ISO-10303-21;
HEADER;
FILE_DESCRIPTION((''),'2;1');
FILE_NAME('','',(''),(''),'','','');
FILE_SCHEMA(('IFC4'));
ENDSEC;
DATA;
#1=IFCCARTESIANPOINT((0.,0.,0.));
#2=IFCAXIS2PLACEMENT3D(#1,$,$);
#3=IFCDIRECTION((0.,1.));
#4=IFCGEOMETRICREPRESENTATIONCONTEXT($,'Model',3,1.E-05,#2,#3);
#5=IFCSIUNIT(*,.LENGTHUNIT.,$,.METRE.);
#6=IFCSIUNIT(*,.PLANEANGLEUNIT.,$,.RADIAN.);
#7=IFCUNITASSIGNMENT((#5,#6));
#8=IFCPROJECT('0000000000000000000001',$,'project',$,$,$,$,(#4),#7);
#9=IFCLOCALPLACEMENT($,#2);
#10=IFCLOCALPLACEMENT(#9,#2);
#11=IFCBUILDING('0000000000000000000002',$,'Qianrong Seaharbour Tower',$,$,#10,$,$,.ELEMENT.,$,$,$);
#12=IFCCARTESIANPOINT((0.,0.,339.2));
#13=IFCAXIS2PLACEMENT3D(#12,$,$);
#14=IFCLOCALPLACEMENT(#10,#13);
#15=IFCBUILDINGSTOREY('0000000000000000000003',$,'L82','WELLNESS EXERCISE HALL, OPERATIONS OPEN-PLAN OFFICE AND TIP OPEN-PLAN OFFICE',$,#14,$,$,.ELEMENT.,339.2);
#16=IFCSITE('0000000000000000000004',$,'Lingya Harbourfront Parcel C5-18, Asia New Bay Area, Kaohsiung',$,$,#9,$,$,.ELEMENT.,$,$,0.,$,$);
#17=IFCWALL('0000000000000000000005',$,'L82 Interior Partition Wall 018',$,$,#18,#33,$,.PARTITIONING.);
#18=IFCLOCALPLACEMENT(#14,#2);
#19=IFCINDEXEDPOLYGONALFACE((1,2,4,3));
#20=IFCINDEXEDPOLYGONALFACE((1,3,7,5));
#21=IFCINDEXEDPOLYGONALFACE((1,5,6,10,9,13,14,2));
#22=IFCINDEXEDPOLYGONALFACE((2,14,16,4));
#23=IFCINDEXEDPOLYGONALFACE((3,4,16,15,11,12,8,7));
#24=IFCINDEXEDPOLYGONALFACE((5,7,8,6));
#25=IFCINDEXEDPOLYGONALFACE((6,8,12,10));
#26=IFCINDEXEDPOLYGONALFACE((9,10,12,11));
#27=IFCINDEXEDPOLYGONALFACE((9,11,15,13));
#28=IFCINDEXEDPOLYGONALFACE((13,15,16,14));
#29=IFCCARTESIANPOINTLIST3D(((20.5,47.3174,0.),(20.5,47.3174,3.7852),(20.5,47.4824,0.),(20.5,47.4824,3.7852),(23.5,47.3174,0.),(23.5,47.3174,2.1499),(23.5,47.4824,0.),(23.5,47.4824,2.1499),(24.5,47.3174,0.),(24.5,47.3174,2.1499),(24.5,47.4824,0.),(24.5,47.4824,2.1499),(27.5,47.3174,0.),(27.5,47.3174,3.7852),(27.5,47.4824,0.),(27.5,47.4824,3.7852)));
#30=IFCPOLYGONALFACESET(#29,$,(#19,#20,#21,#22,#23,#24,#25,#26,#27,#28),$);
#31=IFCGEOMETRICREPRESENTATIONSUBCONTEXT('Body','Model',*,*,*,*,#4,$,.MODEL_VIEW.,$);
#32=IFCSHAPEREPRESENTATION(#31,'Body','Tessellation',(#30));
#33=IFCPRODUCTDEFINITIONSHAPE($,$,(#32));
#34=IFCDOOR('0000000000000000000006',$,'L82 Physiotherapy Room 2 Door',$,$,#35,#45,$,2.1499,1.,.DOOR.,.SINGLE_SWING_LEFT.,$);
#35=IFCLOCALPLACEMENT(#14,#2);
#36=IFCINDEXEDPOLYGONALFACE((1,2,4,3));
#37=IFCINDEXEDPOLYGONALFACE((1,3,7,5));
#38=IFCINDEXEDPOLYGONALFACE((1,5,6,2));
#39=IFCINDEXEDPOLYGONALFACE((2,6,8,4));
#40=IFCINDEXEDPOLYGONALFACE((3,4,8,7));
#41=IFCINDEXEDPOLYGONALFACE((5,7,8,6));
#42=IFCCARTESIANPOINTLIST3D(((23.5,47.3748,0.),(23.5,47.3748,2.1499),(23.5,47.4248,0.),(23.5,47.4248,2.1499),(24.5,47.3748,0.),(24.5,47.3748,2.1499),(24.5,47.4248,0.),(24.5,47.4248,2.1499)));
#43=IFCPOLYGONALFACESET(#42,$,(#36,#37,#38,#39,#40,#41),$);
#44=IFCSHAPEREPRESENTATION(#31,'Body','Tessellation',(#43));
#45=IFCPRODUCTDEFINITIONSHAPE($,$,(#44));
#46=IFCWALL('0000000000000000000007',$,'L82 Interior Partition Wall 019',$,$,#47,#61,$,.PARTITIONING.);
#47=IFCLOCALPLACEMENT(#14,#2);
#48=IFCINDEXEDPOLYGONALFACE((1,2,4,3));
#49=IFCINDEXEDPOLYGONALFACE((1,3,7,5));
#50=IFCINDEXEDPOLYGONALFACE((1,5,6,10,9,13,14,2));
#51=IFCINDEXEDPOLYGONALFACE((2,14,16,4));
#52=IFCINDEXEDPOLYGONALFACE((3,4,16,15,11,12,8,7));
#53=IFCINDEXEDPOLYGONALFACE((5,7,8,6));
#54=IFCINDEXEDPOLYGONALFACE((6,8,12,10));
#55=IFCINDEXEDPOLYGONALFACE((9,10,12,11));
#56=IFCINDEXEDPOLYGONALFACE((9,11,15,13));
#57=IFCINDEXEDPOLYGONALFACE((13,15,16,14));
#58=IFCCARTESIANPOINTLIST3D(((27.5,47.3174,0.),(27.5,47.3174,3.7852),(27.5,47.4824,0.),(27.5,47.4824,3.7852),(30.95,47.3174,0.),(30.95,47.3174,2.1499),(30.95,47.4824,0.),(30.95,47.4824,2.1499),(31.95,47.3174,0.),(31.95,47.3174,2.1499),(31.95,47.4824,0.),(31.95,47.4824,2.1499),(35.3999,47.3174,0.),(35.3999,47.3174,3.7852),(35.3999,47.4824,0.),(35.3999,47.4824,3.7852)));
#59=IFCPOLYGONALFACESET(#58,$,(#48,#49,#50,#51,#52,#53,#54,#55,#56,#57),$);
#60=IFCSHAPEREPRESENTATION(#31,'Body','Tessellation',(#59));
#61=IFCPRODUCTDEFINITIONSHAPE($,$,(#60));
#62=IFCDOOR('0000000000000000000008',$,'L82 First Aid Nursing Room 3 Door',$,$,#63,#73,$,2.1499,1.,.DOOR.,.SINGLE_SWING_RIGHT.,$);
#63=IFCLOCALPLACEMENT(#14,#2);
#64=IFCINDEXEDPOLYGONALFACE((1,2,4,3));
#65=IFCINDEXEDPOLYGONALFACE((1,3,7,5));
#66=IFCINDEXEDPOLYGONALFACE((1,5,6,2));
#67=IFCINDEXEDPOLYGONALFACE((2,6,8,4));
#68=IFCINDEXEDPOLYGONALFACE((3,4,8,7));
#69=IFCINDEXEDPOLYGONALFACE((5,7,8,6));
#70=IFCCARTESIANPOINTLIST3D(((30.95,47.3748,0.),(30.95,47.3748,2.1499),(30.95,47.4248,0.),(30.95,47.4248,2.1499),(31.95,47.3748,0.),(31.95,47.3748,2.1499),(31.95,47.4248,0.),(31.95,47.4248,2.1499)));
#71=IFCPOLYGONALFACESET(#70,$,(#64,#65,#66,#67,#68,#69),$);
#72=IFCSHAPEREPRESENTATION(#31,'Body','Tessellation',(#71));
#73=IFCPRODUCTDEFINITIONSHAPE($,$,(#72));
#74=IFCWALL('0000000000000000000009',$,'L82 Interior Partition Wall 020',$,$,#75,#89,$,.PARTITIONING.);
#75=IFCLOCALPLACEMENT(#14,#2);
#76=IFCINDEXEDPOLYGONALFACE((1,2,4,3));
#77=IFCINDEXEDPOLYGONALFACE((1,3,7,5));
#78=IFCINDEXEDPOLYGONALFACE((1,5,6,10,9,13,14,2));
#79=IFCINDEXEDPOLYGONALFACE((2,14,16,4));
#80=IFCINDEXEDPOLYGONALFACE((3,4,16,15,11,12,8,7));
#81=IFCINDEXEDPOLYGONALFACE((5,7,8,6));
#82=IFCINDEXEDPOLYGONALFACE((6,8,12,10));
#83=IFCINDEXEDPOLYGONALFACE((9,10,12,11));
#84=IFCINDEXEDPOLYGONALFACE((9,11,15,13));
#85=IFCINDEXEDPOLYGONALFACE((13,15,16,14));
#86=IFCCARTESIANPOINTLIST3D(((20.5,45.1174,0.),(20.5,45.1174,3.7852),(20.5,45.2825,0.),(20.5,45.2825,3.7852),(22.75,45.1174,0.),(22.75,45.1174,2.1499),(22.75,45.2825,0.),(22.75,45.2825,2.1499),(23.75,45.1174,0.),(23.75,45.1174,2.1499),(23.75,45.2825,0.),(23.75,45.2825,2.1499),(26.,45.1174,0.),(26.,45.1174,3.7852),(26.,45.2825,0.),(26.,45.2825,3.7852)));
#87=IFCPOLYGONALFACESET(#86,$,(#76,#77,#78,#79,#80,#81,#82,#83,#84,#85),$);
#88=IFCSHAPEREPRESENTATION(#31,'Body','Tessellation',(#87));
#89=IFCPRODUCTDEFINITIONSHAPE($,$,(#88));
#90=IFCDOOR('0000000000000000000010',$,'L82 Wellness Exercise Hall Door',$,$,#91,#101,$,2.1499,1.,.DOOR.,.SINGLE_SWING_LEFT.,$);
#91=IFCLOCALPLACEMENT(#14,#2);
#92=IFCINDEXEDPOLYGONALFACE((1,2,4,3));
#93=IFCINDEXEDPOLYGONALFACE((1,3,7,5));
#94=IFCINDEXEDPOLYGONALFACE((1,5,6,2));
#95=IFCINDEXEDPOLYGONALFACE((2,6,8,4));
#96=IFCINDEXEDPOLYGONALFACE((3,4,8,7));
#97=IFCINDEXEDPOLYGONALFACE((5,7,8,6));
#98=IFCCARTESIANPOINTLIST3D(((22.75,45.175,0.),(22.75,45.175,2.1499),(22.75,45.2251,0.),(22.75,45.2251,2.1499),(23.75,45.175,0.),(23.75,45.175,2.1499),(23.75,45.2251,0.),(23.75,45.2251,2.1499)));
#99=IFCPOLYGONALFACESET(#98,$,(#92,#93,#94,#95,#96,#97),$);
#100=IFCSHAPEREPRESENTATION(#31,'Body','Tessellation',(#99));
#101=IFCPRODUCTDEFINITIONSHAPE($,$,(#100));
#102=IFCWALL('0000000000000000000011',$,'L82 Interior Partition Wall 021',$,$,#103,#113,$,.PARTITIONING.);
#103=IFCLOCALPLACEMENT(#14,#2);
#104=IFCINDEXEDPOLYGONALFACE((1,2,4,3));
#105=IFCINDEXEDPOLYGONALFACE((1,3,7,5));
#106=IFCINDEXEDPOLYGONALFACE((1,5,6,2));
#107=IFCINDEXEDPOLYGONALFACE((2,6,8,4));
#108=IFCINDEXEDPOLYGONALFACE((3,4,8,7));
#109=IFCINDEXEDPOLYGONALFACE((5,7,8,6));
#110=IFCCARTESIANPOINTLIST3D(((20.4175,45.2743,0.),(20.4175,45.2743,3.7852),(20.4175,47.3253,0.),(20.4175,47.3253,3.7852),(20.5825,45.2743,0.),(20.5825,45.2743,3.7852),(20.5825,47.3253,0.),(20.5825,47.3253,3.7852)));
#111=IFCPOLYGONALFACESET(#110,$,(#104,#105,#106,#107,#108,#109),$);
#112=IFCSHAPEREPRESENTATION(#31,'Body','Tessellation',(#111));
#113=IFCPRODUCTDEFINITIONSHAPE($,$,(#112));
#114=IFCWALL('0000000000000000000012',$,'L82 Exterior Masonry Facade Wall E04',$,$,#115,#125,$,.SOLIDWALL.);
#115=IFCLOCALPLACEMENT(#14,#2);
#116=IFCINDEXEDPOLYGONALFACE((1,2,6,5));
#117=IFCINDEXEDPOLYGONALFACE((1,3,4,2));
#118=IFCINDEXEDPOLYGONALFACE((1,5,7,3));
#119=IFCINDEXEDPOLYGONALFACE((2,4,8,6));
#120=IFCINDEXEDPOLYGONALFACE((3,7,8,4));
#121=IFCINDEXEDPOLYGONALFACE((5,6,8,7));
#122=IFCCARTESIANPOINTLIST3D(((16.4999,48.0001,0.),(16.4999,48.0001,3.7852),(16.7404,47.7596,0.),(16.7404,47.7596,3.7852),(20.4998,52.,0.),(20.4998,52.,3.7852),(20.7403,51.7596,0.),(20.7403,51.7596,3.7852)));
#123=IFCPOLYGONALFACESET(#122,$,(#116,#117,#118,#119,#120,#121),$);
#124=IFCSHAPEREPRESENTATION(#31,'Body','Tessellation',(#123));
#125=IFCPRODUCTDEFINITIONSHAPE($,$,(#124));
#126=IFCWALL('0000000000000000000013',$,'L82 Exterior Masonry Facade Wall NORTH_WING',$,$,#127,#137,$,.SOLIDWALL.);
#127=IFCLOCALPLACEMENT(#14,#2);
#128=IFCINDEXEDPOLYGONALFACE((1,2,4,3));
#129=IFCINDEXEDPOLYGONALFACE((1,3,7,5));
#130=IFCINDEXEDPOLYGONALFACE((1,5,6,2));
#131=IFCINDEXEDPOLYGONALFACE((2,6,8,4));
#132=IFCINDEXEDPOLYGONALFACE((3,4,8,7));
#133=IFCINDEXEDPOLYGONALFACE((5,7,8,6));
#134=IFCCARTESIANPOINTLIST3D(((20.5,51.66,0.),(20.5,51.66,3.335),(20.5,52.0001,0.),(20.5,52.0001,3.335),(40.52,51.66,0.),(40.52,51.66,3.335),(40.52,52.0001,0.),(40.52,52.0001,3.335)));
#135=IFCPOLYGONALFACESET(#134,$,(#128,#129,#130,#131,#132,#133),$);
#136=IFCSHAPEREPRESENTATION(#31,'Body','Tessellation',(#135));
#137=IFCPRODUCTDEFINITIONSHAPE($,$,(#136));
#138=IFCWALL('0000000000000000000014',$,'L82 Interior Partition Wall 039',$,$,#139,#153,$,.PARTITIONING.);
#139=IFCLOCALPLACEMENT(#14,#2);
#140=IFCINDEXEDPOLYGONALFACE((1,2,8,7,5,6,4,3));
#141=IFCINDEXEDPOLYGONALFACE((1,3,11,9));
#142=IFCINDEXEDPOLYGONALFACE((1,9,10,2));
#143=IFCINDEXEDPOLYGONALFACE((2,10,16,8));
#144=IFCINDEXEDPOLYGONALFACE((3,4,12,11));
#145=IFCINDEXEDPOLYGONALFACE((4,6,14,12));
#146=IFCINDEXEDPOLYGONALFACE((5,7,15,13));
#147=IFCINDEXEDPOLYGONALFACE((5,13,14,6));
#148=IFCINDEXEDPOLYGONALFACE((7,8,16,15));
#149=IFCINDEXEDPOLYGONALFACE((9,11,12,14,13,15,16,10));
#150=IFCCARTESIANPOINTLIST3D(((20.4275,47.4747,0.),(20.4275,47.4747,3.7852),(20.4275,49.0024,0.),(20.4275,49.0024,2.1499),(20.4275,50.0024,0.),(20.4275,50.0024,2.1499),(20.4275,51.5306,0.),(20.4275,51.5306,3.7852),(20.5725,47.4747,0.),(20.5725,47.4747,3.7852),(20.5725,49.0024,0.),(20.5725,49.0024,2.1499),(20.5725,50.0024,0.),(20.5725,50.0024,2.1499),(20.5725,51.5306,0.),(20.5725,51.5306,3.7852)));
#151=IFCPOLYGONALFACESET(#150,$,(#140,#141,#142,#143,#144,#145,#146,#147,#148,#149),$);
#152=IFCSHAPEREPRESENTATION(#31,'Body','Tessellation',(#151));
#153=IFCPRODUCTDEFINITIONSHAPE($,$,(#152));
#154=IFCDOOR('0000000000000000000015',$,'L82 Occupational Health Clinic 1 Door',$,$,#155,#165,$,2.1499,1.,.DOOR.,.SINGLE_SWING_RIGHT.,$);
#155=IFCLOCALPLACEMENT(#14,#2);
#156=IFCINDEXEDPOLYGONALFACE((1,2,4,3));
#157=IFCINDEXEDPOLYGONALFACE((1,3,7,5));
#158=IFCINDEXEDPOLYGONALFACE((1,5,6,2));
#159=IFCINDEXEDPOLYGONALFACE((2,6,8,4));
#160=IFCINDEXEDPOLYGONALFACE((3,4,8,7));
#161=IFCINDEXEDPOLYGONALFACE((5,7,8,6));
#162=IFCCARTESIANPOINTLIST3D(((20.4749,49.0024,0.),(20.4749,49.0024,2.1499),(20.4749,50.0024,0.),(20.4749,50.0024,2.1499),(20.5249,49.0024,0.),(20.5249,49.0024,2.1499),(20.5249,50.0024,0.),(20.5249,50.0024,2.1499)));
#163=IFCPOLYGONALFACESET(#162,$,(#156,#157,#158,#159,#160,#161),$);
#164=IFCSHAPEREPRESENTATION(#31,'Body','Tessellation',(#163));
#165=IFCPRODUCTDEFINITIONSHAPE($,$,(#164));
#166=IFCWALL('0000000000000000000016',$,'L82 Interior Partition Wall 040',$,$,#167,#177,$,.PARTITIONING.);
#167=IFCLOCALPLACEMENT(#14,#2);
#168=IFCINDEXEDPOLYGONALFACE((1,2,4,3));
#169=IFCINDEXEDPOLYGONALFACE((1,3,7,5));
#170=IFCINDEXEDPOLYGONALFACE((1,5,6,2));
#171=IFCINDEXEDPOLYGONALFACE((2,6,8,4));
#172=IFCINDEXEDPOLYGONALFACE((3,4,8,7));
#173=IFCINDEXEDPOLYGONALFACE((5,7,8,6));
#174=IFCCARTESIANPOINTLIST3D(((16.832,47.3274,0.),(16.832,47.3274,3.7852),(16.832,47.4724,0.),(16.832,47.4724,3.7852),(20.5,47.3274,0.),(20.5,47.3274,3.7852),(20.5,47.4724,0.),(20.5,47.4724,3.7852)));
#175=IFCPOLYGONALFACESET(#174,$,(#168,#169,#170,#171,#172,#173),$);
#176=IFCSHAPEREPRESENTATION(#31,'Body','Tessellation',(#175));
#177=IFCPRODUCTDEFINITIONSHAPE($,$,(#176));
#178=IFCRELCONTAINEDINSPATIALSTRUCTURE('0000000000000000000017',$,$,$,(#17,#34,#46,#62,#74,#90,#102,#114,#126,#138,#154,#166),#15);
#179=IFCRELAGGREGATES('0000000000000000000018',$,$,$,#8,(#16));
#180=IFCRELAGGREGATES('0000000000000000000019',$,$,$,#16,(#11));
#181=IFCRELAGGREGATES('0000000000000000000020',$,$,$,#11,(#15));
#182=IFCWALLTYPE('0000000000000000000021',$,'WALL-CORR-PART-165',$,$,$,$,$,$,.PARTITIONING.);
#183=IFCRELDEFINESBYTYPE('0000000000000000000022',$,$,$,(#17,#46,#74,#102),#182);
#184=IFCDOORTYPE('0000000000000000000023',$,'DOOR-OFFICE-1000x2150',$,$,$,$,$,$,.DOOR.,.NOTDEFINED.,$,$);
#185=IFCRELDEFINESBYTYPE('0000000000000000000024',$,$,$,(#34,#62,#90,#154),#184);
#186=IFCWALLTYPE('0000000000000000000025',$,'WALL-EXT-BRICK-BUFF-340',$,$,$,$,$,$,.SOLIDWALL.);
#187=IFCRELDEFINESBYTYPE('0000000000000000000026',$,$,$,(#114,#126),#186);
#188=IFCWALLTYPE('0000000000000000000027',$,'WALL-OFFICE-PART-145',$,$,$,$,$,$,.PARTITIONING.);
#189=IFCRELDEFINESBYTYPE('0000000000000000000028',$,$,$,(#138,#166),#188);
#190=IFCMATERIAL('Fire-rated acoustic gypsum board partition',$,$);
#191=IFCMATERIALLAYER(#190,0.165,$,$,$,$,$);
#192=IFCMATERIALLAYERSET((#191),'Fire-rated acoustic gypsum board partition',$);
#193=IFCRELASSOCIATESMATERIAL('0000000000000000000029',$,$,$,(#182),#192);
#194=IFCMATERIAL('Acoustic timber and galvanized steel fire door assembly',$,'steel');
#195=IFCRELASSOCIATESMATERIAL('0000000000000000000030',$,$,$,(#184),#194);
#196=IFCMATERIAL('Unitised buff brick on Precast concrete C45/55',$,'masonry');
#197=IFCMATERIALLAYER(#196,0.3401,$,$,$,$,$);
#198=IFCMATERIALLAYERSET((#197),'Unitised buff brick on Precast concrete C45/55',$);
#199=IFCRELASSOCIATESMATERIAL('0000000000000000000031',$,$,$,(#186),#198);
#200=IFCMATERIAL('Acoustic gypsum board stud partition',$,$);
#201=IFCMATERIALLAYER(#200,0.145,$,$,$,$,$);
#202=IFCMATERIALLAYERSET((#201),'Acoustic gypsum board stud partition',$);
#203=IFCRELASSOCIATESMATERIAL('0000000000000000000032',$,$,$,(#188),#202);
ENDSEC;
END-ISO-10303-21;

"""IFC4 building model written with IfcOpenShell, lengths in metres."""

from ifc_helpers import new_model, si_unit, direction, frame, frame_2d, origin, place, context, subcontext, project, spatial, rectangle, extrude, material, layer, layer_set, type_object, element, fill, save


model = new_model("IFC4")

# Units and contexts
model_context = context("Model", 3, precision=1e-05, world=origin(), true_north=direction((0.0, 1.0)))
body_context = subcontext(model_context, "Body", "Model", "MODEL_VIEW")
ifc_project = project(units=[si_unit("LENGTHUNIT", "METRE"), si_unit("PLANEANGLEUNIT", "RADIAN")], contexts=[model_context])

# Site, building, storey
site_placement = place(None, origin())
site = spatial("IfcSite", under=ifc_project, at=site_placement, Name="Lingya Harbourfront Parcel C5-18, Asia New Bay Area, Kaohsiung", CompositionType="ELEMENT", RefElevation=0.0)
building_placement = place(site_placement, origin())
building = spatial("IfcBuilding", under=site, at=building_placement, Name="Qianrong Seaharbour Tower", CompositionType="ELEMENT")
storey_placement = place(building_placement, frame((0.0, 0.0, 339.2)))
storey = spatial("IfcBuildingStorey", under=building, at=storey_placement, Name="L82", Description="WELLNESS EXERCISE HALL, OPERATIONS OPEN-PLAN OFFICE AND TIP OPEN-PLAN OFFICE", CompositionType="ELEMENT", Elevation=339.2)

# Walls, openings, doors
ifc_material_1 = material(Name="Fire-rated acoustic gypsum board partition")
ifc_layer_1 = layer(ifc_material_1, 0.165)
ifc_layer_set_1 = layer_set([ifc_layer_1], Name="Fire-rated acoustic gypsum board partition")
wall_type_1 = type_object("IfcWallType", Name="WALL-CORR-PART-165", PredefinedType="PARTITIONING", material=ifc_layer_set_1)
wall_1_placement = place(storey_placement, frame((20.5, 47.3999, 0.0), z_axis=(0.0, 0.0, 1.0), x_axis=(1.0, 0.0, 0.0)))
wall_1 = element("IfcWall", 1, at=wall_1_placement, inside=storey, type_object=wall_type_1, Name="L82 Interior Partition Wall 018", PredefinedType="PARTITIONING", context=body_context, shape_type="SweptSolid", body=[
    extrude(rectangle(XDim=7.0, YDim=0.165, at=frame_2d((3.5, 0.0))), origin(), (0.0, 0.0, 1.0), 3.7852),
])
opening_1_placement = place(wall_1_placement, frame((3.0, 0.0, 0.0)))
opening_1 = element("IfcOpeningElement", 2, at=opening_1_placement, cuts=wall_1, PredefinedType="OPENING", context=body_context, shape_type="SweptSolid", body=[
    extrude(rectangle(XDim=1.0, YDim=2.1499, at=frame_2d((0.5, 1.075))), frame((0.0, 0.0925, 0.0), z_axis=(0.0, -1.0, 0.0), x_axis=(1.0, 0.0, 0.0)), (0.0, 0.0, 1.0), 0.1851),
])
ifc_material_2 = material(Name="Acoustic timber and galvanized steel fire door assembly", Category="steel")
door_type = type_object("IfcDoorType", Name="DOOR-OFFICE-1000x2150", OperationType="NOTDEFINED", PredefinedType="DOOR", material=ifc_material_2)
door_1_placement = place(opening_1_placement, origin())
door_1 = element("IfcDoor", 3, at=door_1_placement, inside=storey, type_object=door_type, Name="L82 Physiotherapy Room 2 Door", OperationType="SINGLE_SWING_LEFT", OverallHeight=2.1499, OverallWidth=1.0, PredefinedType="DOOR", context=body_context, shape_type="SweptSolid", body=[
    extrude(rectangle(XDim=1.0, YDim=2.1499, at=frame_2d((0.5, 1.075))), frame((0.0, 0.0249, 0.0), z_axis=(0.0, -1.0, 0.0), x_axis=(1.0, 0.0, 0.0)), (0.0, 0.0, 1.0), 0.05),
])
fill(opening_1, door_1)
wall_2_placement = place(storey_placement, frame((27.5, 47.3999, 0.0), z_axis=(0.0, 0.0, 1.0), x_axis=(1.0, 0.0, 0.0)))
wall_2 = element("IfcWall", 4, at=wall_2_placement, inside=storey, type_object=wall_type_1, Name="L82 Interior Partition Wall 019", PredefinedType="PARTITIONING", context=body_context, shape_type="SweptSolid", body=[
    extrude(rectangle(XDim=7.8999, YDim=0.165, at=frame_2d((3.95, 0.0))), origin(), (0.0, 0.0, 1.0), 3.7852),
])
opening_2_placement = place(wall_2_placement, frame((3.45, 0.0, 0.0)))
opening_2 = element("IfcOpeningElement", 5, at=opening_2_placement, cuts=wall_2, PredefinedType="OPENING", context=body_context, shape_type="SweptSolid", body=[
    extrude(rectangle(XDim=1.0, YDim=2.1499, at=frame_2d((0.5, 1.075))), frame((0.0, 0.0925, 0.0), z_axis=(0.0, -1.0, 0.0), x_axis=(1.0, 0.0, 0.0)), (0.0, 0.0, 1.0), 0.1851),
])
door_2_placement = place(opening_2_placement, origin())
door_2 = element("IfcDoor", 6, at=door_2_placement, inside=storey, type_object=door_type, Name="L82 First Aid Nursing Room 3 Door", OperationType="SINGLE_SWING_RIGHT", OverallHeight=2.1499, OverallWidth=1.0, PredefinedType="DOOR", context=body_context, shape_type="SweptSolid", body=[
    extrude(rectangle(XDim=1.0, YDim=2.1499, at=frame_2d((0.5, 1.075))), frame((0.0, 0.0249, 0.0), z_axis=(0.0, -1.0, 0.0), x_axis=(1.0, 0.0, 0.0)), (0.0, 0.0, 1.0), 0.05),
])
fill(opening_2, door_2)
wall_3_placement = place(storey_placement, frame((26.0, 45.2, 0.0), z_axis=(0.0, 0.0, 1.0), x_axis=(-1.0, 0.0, 0.0)))
wall_3 = element("IfcWall", 7, at=wall_3_placement, inside=storey, type_object=wall_type_1, Name="L82 Interior Partition Wall 020", PredefinedType="PARTITIONING", context=body_context, shape_type="SweptSolid", body=[
    extrude(rectangle(XDim=5.5, YDim=0.165, at=frame_2d((2.75, 0.0))), origin(), (0.0, 0.0, 1.0), 3.7852),
])
opening_3_placement = place(wall_3_placement, frame((2.25, 0.0, 0.0)))
opening_3 = element("IfcOpeningElement", 8, at=opening_3_placement, cuts=wall_3, PredefinedType="OPENING", context=body_context, shape_type="SweptSolid", body=[
    extrude(rectangle(XDim=1.0, YDim=2.1499, at=frame_2d((0.5, 1.075))), frame((0.0, 0.0925, 0.0), z_axis=(0.0, -1.0, 0.0), x_axis=(1.0, 0.0, 0.0)), (0.0, 0.0, 1.0), 0.1851),
])
door_3_placement = place(opening_3_placement, origin())
door_3 = element("IfcDoor", 9, at=door_3_placement, inside=storey, type_object=door_type, Name="L82 Wellness Exercise Hall Door", OperationType="SINGLE_SWING_LEFT", OverallHeight=2.1499, OverallWidth=1.0, PredefinedType="DOOR", context=body_context, shape_type="SweptSolid", body=[
    extrude(rectangle(XDim=1.0, YDim=2.1499, at=frame_2d((0.5, 1.075))), frame((0.0, 0.0249, 0.0), z_axis=(0.0, -1.0, 0.0), x_axis=(1.0, 0.0, 0.0)), (0.0, 0.0, 1.0), 0.05),
])
fill(opening_3, door_3)

# Walls
wall_4_placement = place(storey_placement, frame((20.5, 45.2744, 0.0), z_axis=(0.0, 0.0, 1.0), x_axis=(0.0, 1.0, 0.0)))
element("IfcWall", 10, at=wall_4_placement, inside=storey, type_object=wall_type_1, Name="L82 Interior Partition Wall 021", PredefinedType="PARTITIONING", context=body_context, shape_type="SweptSolid", body=[
    extrude(rectangle(XDim=2.051, YDim=0.165, at=frame_2d((1.0254, 0.0))), origin(), (0.0, 0.0, 1.0), 3.7852),
])
ifc_material_3 = material(Name="Unitised buff brick on Precast concrete C45/55", Category="masonry")
ifc_layer_2 = layer(ifc_material_3, 0.3401)
ifc_layer_set_2 = layer_set([ifc_layer_2], Name="Unitised buff brick on Precast concrete C45/55")
wall_type_2 = type_object("IfcWallType", Name="WALL-EXT-BRICK-BUFF-340", PredefinedType="SOLIDWALL", material=ifc_layer_set_2)
wall_5_placement = place(storey_placement, frame((16.6201, 47.8799, 0.0), z_axis=(0.0, 0.0, 1.0), x_axis=(0.707107, 0.707107, 0.0)))
element("IfcWall", 11, at=wall_5_placement, inside=storey, type_object=wall_type_2, Name="L82 Exterior Masonry Facade Wall E04", PredefinedType="SOLIDWALL", context=body_context, shape_type="SweptSolid", body=[
    extrude(rectangle(XDim=5.6567, YDim=0.3401, at=frame_2d((2.8284, 0.0))), origin(), (0.0, 0.0, 1.0), 3.7852),
])
wall_6_placement = place(storey_placement, frame((20.5, 51.8301, 0.0), z_axis=(0.0, 0.0, 1.0), x_axis=(1.0, 0.0, 0.0)))
element("IfcWall", 12, at=wall_6_placement, inside=storey, type_object=wall_type_2, Name="L82 Exterior Masonry Facade Wall NORTH_WING", PredefinedType="SOLIDWALL", context=body_context, shape_type="SweptSolid", body=[
    extrude(rectangle(XDim=20.02, YDim=0.3401, at=frame_2d((10.01, 0.0))), origin(), (0.0, 0.0, 1.0), 3.335),
])

# Wall, opening, door
ifc_material_4 = material(Name="Acoustic gypsum board stud partition")
ifc_layer_3 = layer(ifc_material_4, 0.145)
ifc_layer_set_3 = layer_set([ifc_layer_3], Name="Acoustic gypsum board stud partition")
wall_type_3 = type_object("IfcWallType", Name="WALL-OFFICE-PART-145", PredefinedType="PARTITIONING", material=ifc_layer_set_3)
wall_7_placement = place(storey_placement, frame((20.5, 51.5305, 0.0), z_axis=(0.0, 0.0, 1.0), x_axis=(0.0, -1.0, 0.0)))
wall_7 = element("IfcWall", 13, at=wall_7_placement, inside=storey, type_object=wall_type_3, Name="L82 Interior Partition Wall 039", PredefinedType="PARTITIONING", context=body_context, shape_type="SweptSolid", body=[
    extrude(rectangle(XDim=4.0559, YDim=0.145, at=frame_2d((2.0278, 0.0))), origin(), (0.0, 0.0, 1.0), 3.7852),
])
opening_4_placement = place(wall_7_placement, frame((1.5281, 0.0, 0.0)))
opening_4 = element("IfcOpeningElement", 14, at=opening_4_placement, cuts=wall_7, PredefinedType="OPENING", context=body_context, shape_type="SweptSolid", body=[
    extrude(rectangle(XDim=1.0, YDim=2.1499, at=frame_2d((0.5, 1.075))), frame((0.0, 0.0825, 0.0), z_axis=(0.0, -1.0, 0.0), x_axis=(1.0, 0.0, 0.0)), (0.0, 0.0, 1.0), 0.165),
])
door_4_placement = place(opening_4_placement, origin())
door_4 = element("IfcDoor", 15, at=door_4_placement, inside=storey, type_object=door_type, Name="L82 Occupational Health Clinic 1 Door", OperationType="SINGLE_SWING_RIGHT", OverallHeight=2.1499, OverallWidth=1.0, PredefinedType="DOOR", context=body_context, shape_type="SweptSolid", body=[
    extrude(rectangle(XDim=1.0, YDim=2.1499, at=frame_2d((0.5, 1.075))), frame((0.0, 0.0249, 0.0), z_axis=(0.0, -1.0, 0.0), x_axis=(1.0, 0.0, 0.0)), (0.0, 0.0, 1.0), 0.05),
])
fill(opening_4, door_4)

# Wall
wall_8_placement = place(storey_placement, frame((20.5, 47.3999, 0.0), z_axis=(0.0, 0.0, 1.0), x_axis=(-1.0, 0.0, 0.0)))
element("IfcWall", 16, at=wall_8_placement, inside=storey, type_object=wall_type_3, Name="L82 Interior Partition Wall 040", PredefinedType="PARTITIONING", context=body_context, shape_type="SweptSolid", body=[
    extrude(rectangle(XDim=3.668, YDim=0.145, at=frame_2d((1.834, 0.0))), origin(), (0.0, 0.0, 1.0), 3.7852),
])

save(model, "model.ifc")
